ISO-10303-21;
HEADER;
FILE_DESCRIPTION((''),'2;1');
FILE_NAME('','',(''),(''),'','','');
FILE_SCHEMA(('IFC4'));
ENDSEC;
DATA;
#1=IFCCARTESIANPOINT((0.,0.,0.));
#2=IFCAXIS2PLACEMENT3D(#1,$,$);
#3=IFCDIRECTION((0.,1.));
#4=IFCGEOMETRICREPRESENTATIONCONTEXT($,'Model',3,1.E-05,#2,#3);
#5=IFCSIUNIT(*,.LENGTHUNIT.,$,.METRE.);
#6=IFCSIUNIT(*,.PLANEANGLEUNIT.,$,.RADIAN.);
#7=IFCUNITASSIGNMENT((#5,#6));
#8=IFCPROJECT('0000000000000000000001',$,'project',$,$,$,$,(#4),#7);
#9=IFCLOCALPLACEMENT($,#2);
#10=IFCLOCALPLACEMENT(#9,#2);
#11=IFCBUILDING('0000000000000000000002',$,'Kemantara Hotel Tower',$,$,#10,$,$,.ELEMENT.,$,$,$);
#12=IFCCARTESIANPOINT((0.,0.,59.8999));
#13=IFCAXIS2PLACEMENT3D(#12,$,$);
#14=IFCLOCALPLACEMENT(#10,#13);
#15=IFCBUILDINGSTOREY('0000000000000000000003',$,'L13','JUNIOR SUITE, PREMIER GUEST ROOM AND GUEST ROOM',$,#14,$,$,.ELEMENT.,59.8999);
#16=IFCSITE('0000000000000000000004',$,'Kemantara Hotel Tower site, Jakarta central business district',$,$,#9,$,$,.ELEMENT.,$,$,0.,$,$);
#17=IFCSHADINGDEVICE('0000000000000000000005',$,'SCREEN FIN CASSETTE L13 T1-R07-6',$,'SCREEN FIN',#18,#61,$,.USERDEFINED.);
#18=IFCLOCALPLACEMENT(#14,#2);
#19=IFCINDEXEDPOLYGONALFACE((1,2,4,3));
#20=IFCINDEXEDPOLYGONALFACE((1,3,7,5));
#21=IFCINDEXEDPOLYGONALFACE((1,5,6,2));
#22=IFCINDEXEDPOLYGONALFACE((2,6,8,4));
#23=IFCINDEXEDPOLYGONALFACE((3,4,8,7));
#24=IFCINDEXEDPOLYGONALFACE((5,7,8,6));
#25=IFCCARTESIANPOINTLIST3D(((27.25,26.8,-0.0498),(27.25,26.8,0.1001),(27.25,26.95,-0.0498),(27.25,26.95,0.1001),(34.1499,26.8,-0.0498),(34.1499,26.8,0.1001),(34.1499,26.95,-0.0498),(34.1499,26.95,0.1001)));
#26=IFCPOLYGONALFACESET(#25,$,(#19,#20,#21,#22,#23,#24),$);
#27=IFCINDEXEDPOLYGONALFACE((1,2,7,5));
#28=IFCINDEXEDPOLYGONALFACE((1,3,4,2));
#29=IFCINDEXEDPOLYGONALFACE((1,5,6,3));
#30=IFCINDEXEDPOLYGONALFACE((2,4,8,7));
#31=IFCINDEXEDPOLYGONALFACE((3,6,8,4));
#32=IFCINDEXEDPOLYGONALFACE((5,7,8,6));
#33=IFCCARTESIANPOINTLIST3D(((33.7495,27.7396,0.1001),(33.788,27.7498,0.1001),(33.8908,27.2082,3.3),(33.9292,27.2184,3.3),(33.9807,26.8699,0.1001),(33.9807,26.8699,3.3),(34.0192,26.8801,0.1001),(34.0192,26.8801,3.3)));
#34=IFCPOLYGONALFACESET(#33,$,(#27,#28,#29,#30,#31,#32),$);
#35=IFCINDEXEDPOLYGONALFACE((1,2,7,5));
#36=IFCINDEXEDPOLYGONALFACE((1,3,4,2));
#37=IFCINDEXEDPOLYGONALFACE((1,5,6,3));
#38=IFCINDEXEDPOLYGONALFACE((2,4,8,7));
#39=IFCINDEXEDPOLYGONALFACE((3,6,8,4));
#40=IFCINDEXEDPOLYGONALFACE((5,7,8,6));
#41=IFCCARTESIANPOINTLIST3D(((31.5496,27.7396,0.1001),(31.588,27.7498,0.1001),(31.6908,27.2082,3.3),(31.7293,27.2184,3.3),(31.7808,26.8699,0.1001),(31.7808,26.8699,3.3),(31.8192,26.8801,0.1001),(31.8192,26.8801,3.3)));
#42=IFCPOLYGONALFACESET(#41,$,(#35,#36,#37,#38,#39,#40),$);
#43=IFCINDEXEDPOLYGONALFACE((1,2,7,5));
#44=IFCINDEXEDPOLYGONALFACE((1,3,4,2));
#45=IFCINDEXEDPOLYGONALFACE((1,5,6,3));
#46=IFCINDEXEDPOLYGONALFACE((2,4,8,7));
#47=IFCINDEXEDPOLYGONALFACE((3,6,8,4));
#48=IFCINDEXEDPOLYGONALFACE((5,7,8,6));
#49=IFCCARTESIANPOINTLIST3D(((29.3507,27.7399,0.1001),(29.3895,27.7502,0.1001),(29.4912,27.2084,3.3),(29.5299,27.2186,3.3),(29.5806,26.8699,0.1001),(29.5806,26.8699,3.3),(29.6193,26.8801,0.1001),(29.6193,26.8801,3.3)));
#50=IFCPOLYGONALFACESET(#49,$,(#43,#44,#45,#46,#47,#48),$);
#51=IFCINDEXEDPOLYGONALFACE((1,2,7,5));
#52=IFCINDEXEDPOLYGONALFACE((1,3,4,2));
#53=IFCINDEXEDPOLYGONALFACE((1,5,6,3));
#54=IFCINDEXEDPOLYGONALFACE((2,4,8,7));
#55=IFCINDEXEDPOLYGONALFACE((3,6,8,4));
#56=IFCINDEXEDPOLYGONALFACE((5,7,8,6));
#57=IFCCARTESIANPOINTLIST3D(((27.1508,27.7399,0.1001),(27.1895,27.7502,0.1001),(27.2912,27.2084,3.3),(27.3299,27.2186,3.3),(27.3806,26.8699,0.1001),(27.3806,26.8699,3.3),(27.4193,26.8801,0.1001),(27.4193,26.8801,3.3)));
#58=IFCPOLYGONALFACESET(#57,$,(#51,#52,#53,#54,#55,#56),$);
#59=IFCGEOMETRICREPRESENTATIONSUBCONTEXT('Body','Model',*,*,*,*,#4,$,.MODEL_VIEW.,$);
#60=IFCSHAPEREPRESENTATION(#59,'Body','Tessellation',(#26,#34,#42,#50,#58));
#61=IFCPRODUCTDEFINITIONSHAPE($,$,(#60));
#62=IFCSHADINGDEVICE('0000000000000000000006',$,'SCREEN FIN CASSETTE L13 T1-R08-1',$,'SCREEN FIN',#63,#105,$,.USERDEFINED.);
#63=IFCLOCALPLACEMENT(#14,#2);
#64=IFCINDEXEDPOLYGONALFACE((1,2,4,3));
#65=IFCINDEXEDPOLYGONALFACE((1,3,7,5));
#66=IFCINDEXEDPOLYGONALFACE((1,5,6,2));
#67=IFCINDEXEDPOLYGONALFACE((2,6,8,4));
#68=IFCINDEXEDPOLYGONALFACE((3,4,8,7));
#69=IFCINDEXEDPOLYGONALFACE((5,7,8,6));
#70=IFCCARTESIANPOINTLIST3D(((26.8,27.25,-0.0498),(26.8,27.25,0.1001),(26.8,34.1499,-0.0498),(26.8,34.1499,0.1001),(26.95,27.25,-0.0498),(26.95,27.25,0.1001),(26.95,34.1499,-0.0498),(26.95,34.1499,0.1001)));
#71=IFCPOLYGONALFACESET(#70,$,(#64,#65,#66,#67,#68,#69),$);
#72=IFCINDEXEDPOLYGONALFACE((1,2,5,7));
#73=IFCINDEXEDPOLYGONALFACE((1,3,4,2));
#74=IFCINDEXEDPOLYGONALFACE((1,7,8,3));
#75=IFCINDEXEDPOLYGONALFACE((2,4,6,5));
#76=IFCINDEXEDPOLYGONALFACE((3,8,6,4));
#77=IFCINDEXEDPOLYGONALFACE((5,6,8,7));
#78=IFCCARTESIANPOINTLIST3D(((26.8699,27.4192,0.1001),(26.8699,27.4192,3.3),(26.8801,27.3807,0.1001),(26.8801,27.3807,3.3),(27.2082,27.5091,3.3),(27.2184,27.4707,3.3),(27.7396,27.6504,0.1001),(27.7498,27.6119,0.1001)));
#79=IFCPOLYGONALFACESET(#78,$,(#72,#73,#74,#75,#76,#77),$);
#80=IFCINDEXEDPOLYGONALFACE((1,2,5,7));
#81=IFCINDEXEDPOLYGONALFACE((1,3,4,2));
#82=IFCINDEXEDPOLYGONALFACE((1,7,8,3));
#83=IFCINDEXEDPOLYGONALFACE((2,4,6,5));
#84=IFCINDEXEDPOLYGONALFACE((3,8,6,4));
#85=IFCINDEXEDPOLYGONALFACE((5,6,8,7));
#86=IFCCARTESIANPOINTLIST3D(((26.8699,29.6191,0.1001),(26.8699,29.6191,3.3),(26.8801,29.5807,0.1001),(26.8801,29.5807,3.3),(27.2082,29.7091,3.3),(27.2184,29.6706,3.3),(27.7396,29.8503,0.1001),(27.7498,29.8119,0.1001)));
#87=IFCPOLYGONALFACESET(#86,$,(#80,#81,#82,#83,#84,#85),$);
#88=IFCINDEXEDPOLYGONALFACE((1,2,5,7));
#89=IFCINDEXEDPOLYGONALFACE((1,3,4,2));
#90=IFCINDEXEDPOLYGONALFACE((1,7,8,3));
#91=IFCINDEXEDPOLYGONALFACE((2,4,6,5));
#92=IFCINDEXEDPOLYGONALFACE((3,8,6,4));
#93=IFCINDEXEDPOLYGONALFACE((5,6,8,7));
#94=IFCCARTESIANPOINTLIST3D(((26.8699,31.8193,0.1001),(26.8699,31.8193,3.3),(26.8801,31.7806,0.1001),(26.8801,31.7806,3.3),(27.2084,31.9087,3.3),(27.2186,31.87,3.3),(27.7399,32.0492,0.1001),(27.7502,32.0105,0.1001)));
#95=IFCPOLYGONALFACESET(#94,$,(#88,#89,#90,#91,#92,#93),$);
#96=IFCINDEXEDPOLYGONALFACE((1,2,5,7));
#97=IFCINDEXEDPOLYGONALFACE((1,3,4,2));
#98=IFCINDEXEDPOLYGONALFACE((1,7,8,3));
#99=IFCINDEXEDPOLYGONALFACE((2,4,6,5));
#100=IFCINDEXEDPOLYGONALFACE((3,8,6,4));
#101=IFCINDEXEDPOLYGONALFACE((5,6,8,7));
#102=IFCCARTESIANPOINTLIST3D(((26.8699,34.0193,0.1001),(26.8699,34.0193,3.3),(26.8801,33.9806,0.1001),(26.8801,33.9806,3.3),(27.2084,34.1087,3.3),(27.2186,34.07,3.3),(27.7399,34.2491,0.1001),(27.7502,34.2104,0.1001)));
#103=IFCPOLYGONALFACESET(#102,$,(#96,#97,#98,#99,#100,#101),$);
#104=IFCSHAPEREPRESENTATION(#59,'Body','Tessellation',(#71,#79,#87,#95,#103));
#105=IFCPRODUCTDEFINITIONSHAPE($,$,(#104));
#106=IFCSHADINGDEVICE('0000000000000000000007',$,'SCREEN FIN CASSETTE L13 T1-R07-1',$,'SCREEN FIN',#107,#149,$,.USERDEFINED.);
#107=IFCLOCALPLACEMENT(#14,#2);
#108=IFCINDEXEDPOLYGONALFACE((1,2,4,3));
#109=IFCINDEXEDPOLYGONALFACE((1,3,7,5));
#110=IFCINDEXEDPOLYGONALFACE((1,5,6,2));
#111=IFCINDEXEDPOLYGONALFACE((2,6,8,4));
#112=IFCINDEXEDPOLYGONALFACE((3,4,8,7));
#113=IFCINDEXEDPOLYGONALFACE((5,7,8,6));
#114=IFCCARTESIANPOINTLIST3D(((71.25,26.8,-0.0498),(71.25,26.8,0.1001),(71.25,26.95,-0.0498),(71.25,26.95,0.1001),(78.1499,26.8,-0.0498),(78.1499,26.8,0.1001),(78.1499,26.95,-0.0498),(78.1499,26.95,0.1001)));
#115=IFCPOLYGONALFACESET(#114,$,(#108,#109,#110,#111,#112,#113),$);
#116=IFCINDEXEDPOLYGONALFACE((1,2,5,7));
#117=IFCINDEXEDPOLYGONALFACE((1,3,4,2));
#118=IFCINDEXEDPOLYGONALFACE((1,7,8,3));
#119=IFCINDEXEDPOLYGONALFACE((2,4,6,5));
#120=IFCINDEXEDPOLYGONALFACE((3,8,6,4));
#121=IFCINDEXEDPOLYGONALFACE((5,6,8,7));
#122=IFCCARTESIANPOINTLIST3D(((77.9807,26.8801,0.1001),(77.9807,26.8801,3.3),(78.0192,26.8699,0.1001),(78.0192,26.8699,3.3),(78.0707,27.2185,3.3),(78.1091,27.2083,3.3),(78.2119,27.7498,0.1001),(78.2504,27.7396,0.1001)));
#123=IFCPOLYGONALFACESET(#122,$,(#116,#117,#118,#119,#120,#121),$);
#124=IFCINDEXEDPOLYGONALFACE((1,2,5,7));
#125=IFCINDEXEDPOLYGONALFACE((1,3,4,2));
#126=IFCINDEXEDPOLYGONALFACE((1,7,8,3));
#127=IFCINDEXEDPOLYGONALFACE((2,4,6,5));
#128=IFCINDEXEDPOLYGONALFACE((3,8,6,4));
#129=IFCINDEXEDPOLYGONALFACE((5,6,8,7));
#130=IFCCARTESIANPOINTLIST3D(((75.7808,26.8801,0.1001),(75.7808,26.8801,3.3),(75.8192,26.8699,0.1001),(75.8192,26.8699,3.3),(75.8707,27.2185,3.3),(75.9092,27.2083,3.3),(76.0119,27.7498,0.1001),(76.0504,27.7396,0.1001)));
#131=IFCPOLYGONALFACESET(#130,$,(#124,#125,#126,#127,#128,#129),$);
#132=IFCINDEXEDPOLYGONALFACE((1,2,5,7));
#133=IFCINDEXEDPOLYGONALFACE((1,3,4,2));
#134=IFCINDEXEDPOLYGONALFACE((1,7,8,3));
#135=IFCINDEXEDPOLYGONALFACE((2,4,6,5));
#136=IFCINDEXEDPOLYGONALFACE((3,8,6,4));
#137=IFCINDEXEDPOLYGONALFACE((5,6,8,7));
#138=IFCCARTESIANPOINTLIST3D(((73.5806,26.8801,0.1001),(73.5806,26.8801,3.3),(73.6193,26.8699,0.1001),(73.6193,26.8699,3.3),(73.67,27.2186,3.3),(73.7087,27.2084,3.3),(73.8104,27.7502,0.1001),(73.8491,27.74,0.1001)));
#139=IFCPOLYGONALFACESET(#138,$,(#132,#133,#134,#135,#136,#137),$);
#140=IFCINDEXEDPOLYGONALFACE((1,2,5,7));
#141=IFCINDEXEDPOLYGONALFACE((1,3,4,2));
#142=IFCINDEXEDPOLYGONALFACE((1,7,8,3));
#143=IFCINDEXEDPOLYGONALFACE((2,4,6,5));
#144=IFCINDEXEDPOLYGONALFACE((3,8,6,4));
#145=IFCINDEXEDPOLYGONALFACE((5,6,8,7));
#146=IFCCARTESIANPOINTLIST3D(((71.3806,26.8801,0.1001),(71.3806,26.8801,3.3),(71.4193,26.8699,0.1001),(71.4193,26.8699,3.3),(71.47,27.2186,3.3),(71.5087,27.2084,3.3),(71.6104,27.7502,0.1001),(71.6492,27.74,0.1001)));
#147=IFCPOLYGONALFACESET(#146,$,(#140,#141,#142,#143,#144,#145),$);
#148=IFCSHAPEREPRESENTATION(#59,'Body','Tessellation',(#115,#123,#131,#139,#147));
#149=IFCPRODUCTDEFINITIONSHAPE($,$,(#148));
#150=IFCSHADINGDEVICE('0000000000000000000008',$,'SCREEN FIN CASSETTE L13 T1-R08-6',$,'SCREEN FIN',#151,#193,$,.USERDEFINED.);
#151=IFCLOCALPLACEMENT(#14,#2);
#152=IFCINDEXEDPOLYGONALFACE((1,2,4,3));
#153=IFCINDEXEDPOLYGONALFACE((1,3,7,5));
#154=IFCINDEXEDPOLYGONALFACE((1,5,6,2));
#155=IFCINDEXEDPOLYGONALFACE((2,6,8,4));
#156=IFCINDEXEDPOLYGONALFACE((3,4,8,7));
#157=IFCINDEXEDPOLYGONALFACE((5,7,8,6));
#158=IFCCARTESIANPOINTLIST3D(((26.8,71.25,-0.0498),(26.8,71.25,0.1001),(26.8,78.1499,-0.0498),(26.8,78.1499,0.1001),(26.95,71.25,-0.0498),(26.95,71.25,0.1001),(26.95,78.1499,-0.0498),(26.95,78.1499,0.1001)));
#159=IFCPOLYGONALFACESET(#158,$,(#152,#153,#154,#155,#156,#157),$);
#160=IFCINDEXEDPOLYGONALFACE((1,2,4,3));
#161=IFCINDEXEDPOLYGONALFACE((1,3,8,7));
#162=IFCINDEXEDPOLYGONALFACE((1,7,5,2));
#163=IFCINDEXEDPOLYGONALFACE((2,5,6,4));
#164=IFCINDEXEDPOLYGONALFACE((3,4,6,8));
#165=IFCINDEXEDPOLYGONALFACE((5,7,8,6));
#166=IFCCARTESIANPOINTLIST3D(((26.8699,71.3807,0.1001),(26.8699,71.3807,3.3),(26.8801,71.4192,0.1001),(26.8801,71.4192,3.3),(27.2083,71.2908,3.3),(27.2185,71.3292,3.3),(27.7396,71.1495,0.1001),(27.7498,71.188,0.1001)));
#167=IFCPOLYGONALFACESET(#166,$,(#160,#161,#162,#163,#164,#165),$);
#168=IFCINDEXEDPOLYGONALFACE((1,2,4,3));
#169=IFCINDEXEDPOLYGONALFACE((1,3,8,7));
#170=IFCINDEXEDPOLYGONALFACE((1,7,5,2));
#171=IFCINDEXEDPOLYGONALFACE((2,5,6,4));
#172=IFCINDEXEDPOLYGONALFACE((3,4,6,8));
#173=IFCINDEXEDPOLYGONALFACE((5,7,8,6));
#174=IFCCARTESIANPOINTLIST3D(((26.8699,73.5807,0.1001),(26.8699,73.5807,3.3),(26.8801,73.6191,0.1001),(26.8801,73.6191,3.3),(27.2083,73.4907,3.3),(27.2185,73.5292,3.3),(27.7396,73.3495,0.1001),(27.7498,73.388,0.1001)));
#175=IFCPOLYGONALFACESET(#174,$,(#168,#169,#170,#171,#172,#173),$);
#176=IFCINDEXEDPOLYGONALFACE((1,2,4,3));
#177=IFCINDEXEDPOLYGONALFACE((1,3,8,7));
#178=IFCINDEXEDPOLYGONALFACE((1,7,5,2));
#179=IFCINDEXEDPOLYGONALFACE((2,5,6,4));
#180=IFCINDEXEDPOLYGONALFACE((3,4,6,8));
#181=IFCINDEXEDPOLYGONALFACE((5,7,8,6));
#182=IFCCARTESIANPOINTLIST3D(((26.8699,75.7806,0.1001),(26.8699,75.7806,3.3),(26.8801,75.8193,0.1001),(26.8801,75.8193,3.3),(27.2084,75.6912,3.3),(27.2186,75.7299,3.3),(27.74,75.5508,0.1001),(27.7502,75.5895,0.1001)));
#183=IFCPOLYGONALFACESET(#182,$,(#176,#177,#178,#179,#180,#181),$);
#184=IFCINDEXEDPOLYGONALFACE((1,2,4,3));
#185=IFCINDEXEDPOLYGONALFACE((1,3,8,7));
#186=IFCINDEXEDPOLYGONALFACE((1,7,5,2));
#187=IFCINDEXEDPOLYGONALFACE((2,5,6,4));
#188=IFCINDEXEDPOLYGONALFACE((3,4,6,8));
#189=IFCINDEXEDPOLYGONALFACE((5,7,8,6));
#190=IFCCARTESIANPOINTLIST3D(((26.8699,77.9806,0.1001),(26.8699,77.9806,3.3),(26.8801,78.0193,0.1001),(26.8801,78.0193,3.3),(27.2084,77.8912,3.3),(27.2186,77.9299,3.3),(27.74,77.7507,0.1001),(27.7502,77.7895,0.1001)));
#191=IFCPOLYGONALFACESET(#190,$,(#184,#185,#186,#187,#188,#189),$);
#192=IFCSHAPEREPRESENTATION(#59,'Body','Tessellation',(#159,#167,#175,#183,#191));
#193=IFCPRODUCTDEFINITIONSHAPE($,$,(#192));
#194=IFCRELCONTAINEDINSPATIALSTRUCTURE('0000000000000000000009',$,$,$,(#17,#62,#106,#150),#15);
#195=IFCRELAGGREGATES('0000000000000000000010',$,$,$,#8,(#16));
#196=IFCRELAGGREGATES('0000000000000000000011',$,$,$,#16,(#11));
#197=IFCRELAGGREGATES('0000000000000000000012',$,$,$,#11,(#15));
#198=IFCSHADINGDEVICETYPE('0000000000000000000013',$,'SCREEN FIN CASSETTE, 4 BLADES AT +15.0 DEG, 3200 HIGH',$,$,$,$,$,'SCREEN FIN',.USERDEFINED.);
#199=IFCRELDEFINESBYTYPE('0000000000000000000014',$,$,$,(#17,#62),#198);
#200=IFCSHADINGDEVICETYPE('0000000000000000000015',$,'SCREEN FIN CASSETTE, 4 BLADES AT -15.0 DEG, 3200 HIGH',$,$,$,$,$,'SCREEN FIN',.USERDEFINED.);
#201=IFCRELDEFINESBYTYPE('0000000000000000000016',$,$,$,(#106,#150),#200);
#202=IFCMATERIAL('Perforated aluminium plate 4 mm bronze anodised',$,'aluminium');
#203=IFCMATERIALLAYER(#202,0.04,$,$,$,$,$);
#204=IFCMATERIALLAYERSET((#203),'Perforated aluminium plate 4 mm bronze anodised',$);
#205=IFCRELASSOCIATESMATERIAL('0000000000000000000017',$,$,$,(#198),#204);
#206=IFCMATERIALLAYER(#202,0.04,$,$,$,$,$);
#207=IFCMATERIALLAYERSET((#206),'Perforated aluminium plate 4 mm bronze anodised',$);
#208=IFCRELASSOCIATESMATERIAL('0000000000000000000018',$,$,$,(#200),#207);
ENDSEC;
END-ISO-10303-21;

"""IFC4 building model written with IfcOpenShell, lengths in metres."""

from ifc_helpers import new_model, si_unit, direction, frame, origin, origin_2d, place, context, subcontext, project, spatial, polyline, rectangle, outline, extrude, source, transform, mapped, material, layer, layer_set, type_object, element, save


model = new_model("IFC4")

# Units and contexts
model_context = context("Model", 3, precision=1e-05, world=origin(), true_north=direction((0.0, 1.0)))
body_context = subcontext(model_context, "Body", "Model", "MODEL_VIEW")
ifc_project = project(units=[si_unit("LENGTHUNIT", "METRE"), si_unit("PLANEANGLEUNIT", "RADIAN")], contexts=[model_context])

# Site, building, storey
site_placement = place(None, origin())
site = spatial("IfcSite", under=ifc_project, at=site_placement, Name="Kemantara Hotel Tower site, Jakarta central business district", CompositionType="ELEMENT", RefElevation=0.0)
building_placement = place(site_placement, origin())
building = spatial("IfcBuilding", under=site, at=building_placement, Name="Kemantara Hotel Tower", CompositionType="ELEMENT")
storey_placement = place(building_placement, frame((0.0, 0.0, 59.8999)))
storey = spatial("IfcBuildingStorey", under=building, at=storey_placement, Name="L13", Description="JUNIOR SUITE, PREMIER GUEST ROOM AND GUEST ROOM", CompositionType="ELEMENT", Elevation=59.8999)

# Shading devices
ifc_material_1 = material(Name="Perforated aluminium plate 4 mm bronze anodised", Category="aluminium")
ifc_layer_1 = layer(ifc_material_1, 0.04)
ifc_layer_set_1 = layer_set([ifc_layer_1], Name="Perforated aluminium plate 4 mm bronze anodised")
shading_device_type_1 = type_object("IfcShadingDeviceType", Name="SCREEN FIN CASSETTE, 4 BLADES AT +15.0 DEG, 3200 HIGH", ElementType="SCREEN FIN", PredefinedType="USERDEFINED", material=ifc_layer_set_1)
shared_shape_1 = source(origin(), body_context, "Body", "SweptSolid", [
    extrude(rectangle(XDim=6.8999, YDim=0.1499, at=origin_2d()), frame((3.3, -0.075, -0.1499), z_axis=(0.0, 0.0, 1.0), x_axis=(1.0, 0.0, 0.0)), (0.0, 0.0, 1.0), 0.1499),
    extrude(outline(polyline([(0.0, 0.0), (0.8999, 0.0), (0.3501, 3.2), (0.0, 3.2), (0.0, 0.0)])), frame((0.0193, -0.0698, 0.0), z_axis=(-0.966438, -0.256901, 0.0), x_axis=(0.256901, -0.966438, 0.0)), (0.0, 0.0, 1.0), 0.0398),
    extrude(outline(polyline([(0.0, 0.0), (0.8999, 0.0), (0.3501, 3.2), (0.0, 3.2), (0.0, 0.0)])), frame((2.2192, -0.0698, 0.0), z_axis=(-0.966438, -0.256901, 0.0), x_axis=(0.256901, -0.966438, 0.0)), (0.0, 0.0, 1.0), 0.0398),
    extrude(outline(polyline([(0.0, 0.0), (0.8999, 0.0), (0.3501, 3.2), (0.0, 3.2), (0.0, 0.0)])), frame((4.4194, -0.0698, 0.0), z_axis=(-0.966838, -0.255391, 0.0), x_axis=(0.255391, -0.966838, 0.0)), (0.0, 0.0, 1.0), 0.04),
    extrude(outline(polyline([(0.0, 0.0), (0.8999, 0.0), (0.3501, 3.2), (0.0, 3.2), (0.0, 0.0)])), frame((6.6194, -0.0698, 0.0), z_axis=(-0.966838, -0.255391, 0.0), x_axis=(0.255391, -0.966838, 0.0)), (0.0, 0.0, 1.0), 0.04),
])
for number, where, z_axis, x_axis, name in (
    (1, (34.0, 26.8, 0.1001), (0.0, 0.0, 1.0), (-1.0, 0.0, 0.0), "SCREEN FIN CASSETTE L13 T1-R07-6"),
    (2, (26.8, 27.3999, 0.1001), (0.0, 0.0, 1.0), (0.0, 1.0, 0.0), "SCREEN FIN CASSETTE L13 T1-R08-1"),
):
    element("IfcShadingDevice", number, at=place(storey_placement, frame(where, z_axis=z_axis, x_axis=x_axis)), inside=storey, type_object=shading_device_type_1, Name=name, ObjectType="SCREEN FIN", PredefinedType="USERDEFINED", context=body_context, shape_type="MappedRepresentation", body=[
        mapped(shared_shape_1, transform((0.0, 0.0, 0.0))),
    ])
ifc_layer_2 = layer(ifc_material_1, 0.04)
ifc_layer_set_2 = layer_set([ifc_layer_2], Name="Perforated aluminium plate 4 mm bronze anodised")
shading_device_type_2 = type_object("IfcShadingDeviceType", Name="SCREEN FIN CASSETTE, 4 BLADES AT -15.0 DEG, 3200 HIGH", ElementType="SCREEN FIN", PredefinedType="USERDEFINED", material=ifc_layer_set_2)
shared_shape_2 = source(origin(), body_context, "Body", "SweptSolid", [
    extrude(rectangle(XDim=6.8999, YDim=0.1499, at=origin_2d()), frame((3.3, -0.075, -0.1499), z_axis=(0.0, 0.0, 1.0), x_axis=(1.0, 0.0, 0.0)), (0.0, 0.0, 1.0), 0.1499),
    extrude(outline(polyline([(0.0, 0.0), (0.8999, 0.0), (0.3501, 3.2), (0.0, 3.2), (0.0, 0.0)])), frame((0.0193, -0.0801, 0.0), z_axis=(-0.966438, 0.256901, 0.0), x_axis=(-0.256901, -0.966438, 0.0)), (0.0, 0.0, 1.0), 0.0398),
    extrude(outline(polyline([(0.0, 0.0), (0.8999, 0.0), (0.3501, 3.2), (0.0, 3.2), (0.0, 0.0)])), frame((2.2192, -0.0801, 0.0), z_axis=(-0.966438, 0.256901, 0.0), x_axis=(-0.256901, -0.966438, 0.0)), (0.0, 0.0, 1.0), 0.0398),
    extrude(outline(polyline([(0.0, 0.0), (0.8999, 0.0), (0.3501, 3.2), (0.0, 3.2), (0.0, 0.0)])), frame((4.4194, -0.0801, 0.0), z_axis=(-0.966838, 0.255391, 0.0), x_axis=(-0.255391, -0.966838, 0.0)), (0.0, 0.0, 1.0), 0.04),
    extrude(outline(polyline([(0.0, 0.0), (0.8999, 0.0), (0.3501, 3.2), (0.0, 3.2), (0.0, 0.0)])), frame((6.6194, -0.0801, 0.0), z_axis=(-0.966838, 0.255391, 0.0), x_axis=(-0.255391, -0.966838, 0.0)), (0.0, 0.0, 1.0), 0.04),
])
for number, where, z_axis, x_axis, name in (
    (3, (78.0, 26.8, 0.1001), (0.0, 0.0, 1.0), (-1.0, 0.0, 0.0), "SCREEN FIN CASSETTE L13 T1-R07-1"),
    (4, (26.8, 71.3999, 0.1001), (0.0, 0.0, 1.0), (0.0, 1.0, 0.0), "SCREEN FIN CASSETTE L13 T1-R08-6"),
):
    element("IfcShadingDevice", number, at=place(storey_placement, frame(where, z_axis=z_axis, x_axis=x_axis)), inside=storey, type_object=shading_device_type_2, Name=name, ObjectType="SCREEN FIN", PredefinedType="USERDEFINED", context=body_context, shape_type="MappedRepresentation", body=[
        mapped(shared_shape_2, transform((0.0, 0.0, 0.0))),
    ])

save(model, "model.ifc")
